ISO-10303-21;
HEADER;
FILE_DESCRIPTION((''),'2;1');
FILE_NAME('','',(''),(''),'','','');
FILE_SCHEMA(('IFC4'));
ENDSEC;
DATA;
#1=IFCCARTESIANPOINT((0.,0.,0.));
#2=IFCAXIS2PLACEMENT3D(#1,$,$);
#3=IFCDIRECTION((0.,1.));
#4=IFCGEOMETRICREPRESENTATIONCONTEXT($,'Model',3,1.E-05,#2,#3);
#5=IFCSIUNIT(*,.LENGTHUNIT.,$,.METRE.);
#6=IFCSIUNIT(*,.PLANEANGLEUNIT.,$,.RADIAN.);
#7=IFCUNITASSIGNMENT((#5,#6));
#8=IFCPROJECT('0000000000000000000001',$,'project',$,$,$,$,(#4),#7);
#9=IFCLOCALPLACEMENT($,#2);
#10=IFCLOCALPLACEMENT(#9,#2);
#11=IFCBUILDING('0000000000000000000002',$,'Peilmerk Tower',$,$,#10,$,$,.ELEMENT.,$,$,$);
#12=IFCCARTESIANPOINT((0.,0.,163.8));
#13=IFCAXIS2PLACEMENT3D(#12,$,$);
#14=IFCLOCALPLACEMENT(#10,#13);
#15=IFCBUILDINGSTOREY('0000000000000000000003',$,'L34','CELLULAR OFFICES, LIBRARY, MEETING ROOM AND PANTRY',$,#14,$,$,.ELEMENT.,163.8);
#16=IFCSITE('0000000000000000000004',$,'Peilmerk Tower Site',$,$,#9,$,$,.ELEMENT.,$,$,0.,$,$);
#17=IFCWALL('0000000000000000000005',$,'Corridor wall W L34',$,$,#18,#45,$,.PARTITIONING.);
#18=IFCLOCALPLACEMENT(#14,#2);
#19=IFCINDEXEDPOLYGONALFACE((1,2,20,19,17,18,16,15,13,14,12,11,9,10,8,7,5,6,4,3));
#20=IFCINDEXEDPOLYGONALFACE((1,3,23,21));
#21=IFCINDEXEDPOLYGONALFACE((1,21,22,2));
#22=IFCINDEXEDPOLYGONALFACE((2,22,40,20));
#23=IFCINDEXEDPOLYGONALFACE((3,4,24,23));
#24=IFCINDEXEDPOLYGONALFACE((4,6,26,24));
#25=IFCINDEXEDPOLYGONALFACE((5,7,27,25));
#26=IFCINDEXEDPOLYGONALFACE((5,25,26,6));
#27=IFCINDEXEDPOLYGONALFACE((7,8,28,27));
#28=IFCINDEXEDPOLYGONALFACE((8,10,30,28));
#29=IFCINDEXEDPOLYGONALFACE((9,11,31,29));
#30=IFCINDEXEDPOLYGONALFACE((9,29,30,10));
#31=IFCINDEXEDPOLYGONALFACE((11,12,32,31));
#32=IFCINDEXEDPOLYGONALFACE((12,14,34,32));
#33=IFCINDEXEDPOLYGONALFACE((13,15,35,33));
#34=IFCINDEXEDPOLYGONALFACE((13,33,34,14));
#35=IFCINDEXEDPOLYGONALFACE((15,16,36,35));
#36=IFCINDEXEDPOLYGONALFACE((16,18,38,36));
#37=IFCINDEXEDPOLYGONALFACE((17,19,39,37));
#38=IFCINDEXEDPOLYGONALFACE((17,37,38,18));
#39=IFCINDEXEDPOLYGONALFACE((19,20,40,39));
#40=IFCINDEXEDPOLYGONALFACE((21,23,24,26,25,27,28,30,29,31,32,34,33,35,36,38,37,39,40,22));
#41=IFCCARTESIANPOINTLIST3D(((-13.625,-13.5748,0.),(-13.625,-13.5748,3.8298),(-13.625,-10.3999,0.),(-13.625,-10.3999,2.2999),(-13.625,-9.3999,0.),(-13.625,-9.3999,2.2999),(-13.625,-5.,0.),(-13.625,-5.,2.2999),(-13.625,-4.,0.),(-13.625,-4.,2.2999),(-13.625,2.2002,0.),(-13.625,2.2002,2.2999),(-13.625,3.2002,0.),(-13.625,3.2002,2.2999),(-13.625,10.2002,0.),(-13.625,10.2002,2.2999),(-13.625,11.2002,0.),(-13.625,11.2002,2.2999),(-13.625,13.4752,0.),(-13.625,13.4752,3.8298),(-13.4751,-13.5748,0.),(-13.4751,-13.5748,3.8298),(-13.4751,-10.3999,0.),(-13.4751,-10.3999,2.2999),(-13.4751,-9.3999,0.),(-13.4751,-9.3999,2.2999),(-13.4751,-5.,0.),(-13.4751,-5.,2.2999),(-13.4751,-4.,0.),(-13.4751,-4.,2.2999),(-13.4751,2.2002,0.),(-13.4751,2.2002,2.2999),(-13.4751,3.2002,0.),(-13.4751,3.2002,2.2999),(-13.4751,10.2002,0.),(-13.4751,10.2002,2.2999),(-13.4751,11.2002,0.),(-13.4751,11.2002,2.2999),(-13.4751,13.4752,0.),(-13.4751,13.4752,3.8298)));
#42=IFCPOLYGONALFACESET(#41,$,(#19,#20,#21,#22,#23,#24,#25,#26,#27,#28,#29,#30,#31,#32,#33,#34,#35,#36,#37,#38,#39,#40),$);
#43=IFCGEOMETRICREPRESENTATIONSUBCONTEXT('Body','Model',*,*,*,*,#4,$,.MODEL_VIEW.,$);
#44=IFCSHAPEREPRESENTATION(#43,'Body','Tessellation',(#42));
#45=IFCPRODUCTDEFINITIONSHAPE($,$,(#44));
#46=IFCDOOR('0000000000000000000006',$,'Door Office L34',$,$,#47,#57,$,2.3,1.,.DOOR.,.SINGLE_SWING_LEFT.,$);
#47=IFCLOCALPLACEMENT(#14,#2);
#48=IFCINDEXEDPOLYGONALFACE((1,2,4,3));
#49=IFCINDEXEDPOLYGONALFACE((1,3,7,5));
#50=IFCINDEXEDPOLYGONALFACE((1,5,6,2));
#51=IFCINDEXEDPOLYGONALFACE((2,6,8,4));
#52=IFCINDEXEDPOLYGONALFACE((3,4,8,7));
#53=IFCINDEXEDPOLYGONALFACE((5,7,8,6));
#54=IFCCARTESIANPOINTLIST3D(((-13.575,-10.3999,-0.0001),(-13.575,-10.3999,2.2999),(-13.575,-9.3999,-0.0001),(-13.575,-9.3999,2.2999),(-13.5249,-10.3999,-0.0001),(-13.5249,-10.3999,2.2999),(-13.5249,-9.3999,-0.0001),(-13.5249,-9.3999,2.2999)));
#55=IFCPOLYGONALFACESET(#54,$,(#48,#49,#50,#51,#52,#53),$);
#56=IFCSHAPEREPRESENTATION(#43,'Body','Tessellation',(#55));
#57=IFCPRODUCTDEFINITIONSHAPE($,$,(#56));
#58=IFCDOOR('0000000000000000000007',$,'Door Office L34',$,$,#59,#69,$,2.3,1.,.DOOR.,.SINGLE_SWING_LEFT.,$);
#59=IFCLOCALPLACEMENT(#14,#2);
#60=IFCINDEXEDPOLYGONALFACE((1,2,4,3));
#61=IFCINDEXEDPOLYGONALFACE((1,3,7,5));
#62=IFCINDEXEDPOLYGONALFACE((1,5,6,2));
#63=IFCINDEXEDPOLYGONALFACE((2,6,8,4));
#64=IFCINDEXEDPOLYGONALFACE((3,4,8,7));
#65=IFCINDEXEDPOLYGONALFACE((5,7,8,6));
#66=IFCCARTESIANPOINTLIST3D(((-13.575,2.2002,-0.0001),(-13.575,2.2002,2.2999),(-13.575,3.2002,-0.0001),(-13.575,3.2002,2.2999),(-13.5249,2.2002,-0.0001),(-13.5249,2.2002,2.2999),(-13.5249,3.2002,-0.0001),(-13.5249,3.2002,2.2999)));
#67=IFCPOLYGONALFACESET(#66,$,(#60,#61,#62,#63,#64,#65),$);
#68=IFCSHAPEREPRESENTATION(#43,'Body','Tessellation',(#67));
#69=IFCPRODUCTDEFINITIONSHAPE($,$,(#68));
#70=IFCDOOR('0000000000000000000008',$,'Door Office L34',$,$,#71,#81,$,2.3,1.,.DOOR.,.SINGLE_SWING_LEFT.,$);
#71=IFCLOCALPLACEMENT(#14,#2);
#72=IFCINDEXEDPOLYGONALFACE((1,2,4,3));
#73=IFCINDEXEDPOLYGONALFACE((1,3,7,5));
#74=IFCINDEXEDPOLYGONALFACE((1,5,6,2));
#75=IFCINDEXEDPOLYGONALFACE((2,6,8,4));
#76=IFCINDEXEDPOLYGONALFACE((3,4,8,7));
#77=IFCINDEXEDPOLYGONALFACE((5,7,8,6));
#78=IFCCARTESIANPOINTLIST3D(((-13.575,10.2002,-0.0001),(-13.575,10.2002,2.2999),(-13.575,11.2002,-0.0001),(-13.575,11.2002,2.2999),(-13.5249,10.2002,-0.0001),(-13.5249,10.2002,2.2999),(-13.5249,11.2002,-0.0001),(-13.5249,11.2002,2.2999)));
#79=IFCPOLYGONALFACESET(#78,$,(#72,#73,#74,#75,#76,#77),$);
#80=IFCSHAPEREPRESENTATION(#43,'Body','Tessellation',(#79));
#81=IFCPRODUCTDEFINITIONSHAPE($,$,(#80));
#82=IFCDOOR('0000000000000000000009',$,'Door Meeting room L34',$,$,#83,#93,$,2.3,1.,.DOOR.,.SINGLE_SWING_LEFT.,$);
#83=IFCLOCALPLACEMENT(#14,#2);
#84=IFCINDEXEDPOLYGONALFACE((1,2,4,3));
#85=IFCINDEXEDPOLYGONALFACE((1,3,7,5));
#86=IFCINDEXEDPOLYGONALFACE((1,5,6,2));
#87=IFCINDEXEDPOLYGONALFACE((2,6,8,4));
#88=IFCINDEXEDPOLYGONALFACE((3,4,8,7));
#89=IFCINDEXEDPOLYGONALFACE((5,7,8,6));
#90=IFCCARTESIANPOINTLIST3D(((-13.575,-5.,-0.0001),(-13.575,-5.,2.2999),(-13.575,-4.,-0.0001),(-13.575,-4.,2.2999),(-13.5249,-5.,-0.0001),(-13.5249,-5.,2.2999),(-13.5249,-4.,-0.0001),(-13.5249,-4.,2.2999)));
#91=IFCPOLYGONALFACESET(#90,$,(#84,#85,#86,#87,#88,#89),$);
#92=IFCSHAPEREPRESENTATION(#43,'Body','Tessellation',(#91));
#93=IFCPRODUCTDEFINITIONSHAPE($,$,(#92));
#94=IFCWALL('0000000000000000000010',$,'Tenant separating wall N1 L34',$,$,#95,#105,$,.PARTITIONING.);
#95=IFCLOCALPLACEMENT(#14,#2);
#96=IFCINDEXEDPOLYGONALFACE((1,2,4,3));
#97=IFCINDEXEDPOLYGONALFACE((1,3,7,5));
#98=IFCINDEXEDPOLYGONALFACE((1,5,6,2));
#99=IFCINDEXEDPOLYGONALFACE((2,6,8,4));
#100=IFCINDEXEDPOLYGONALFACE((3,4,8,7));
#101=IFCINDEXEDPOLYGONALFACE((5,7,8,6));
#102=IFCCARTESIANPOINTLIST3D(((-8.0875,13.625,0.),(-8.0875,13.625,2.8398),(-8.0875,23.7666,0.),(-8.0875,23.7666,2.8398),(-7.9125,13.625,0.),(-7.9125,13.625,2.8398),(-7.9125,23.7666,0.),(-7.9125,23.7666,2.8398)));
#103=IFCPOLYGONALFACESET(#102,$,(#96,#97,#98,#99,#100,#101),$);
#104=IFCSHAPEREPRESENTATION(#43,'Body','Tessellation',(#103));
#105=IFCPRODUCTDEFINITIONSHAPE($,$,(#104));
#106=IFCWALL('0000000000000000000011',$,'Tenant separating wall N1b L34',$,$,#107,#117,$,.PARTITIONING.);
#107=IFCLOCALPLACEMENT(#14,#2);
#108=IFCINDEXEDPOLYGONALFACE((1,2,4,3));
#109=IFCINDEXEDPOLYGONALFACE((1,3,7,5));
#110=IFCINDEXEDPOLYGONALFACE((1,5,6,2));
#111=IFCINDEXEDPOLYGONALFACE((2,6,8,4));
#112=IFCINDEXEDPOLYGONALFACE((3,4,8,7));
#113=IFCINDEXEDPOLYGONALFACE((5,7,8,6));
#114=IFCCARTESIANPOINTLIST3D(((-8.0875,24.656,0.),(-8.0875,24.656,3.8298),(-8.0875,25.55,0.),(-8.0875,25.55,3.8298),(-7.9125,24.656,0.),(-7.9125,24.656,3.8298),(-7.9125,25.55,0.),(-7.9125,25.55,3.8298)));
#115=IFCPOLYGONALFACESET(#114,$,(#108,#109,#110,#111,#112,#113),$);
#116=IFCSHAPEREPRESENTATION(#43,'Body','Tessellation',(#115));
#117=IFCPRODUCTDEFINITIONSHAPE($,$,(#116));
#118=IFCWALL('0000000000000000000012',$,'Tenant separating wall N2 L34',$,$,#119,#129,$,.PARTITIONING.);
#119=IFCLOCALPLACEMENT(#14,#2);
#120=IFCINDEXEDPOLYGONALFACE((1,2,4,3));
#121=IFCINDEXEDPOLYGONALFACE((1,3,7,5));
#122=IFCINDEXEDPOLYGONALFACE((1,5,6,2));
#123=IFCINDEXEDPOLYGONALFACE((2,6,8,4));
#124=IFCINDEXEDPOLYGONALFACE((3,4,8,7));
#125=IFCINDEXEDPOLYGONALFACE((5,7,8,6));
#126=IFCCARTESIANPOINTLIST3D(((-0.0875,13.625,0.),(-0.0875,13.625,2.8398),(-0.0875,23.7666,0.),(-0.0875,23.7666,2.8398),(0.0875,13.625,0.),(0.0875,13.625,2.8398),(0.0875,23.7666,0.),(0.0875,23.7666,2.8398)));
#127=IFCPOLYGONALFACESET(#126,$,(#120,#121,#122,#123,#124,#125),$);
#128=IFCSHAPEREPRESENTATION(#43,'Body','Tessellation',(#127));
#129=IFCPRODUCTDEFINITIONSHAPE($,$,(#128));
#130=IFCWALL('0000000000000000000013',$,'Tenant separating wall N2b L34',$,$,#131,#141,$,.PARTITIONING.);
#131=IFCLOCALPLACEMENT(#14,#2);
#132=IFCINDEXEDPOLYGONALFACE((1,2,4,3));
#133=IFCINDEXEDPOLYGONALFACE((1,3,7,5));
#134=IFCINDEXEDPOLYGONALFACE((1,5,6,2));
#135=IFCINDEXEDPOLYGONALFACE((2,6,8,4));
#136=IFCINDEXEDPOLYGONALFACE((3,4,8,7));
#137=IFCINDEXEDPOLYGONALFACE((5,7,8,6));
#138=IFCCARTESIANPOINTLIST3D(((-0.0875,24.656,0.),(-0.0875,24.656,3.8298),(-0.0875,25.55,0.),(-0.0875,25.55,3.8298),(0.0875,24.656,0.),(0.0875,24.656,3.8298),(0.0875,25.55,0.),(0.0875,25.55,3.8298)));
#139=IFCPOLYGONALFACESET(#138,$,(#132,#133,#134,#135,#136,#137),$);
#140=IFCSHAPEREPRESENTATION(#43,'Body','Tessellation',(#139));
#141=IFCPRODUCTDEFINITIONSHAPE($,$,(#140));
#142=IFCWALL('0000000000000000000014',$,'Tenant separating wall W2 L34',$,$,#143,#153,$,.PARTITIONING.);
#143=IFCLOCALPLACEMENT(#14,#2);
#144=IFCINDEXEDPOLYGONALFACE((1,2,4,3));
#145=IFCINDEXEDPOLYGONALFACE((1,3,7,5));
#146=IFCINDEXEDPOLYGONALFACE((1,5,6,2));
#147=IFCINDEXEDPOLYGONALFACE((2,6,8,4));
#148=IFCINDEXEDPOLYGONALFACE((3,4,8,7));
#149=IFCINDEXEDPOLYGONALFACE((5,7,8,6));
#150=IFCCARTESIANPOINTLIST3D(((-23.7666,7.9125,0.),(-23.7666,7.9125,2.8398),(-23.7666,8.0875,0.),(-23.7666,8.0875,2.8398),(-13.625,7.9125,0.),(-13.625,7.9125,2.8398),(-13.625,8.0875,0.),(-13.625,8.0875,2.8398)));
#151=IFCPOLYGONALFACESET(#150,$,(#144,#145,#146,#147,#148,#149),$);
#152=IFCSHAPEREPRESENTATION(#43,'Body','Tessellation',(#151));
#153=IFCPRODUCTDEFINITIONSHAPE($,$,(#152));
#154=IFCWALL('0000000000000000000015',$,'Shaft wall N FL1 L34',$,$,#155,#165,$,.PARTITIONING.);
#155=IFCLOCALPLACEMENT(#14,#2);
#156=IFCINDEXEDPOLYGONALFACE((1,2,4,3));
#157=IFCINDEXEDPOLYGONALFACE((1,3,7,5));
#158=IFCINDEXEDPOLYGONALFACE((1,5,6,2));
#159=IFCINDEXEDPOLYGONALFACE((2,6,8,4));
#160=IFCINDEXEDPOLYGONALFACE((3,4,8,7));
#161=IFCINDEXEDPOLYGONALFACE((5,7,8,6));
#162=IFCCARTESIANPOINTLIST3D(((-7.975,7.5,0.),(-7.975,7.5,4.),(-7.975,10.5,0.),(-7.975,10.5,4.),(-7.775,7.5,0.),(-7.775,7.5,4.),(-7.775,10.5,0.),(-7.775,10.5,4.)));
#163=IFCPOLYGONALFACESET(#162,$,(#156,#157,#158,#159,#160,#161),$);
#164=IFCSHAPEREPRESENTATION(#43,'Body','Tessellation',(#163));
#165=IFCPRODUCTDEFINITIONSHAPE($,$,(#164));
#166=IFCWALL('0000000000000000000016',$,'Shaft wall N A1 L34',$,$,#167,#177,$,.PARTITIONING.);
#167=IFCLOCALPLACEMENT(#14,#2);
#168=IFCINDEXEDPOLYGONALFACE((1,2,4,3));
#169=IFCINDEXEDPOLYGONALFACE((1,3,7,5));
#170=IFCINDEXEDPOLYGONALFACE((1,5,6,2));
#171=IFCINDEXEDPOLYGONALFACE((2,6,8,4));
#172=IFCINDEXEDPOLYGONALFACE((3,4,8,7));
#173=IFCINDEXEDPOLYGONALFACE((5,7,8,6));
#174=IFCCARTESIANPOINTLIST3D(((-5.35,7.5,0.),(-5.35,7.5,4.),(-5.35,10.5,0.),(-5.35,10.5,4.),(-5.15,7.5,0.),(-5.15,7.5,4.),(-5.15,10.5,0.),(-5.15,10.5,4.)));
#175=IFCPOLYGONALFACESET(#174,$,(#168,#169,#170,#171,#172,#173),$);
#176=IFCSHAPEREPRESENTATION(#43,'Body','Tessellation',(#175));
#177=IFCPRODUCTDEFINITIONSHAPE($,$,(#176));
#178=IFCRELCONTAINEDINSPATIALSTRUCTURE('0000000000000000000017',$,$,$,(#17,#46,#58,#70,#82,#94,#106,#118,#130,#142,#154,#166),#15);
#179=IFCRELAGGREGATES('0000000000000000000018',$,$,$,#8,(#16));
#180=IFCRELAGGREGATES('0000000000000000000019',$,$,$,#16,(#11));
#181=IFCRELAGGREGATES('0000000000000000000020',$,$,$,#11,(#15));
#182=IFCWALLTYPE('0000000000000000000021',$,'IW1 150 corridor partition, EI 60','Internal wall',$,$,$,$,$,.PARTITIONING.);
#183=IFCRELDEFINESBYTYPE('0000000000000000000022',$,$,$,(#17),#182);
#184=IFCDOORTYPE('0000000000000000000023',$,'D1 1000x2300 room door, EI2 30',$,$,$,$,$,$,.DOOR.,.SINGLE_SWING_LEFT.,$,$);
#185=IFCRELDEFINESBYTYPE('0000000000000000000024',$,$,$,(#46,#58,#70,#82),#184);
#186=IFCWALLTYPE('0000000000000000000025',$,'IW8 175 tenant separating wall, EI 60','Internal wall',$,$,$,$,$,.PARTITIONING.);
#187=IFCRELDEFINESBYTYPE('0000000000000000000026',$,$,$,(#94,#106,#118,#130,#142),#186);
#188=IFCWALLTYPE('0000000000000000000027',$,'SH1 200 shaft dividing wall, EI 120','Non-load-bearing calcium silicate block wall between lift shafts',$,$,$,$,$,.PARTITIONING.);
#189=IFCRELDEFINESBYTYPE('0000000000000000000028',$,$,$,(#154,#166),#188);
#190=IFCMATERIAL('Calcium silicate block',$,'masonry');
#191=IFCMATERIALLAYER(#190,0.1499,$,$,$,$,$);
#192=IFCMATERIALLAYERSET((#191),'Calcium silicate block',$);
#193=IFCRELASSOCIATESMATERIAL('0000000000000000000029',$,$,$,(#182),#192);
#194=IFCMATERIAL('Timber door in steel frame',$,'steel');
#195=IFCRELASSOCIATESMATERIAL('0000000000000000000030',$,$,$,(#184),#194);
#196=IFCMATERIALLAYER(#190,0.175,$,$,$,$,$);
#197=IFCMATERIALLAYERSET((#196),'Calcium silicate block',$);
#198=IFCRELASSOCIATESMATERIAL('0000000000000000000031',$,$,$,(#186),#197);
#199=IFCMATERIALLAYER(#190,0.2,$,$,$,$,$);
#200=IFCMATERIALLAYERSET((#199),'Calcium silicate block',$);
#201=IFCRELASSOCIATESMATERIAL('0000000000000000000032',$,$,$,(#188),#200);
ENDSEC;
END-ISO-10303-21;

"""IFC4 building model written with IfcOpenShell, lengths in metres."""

from ifc_helpers import new_model, si_unit, direction, frame, frame_2d, origin, place, context, subcontext, project, spatial, rectangle, extrude, material, layer, layer_set, type_object, element, fill, save


model = new_model("IFC4")

# Units and contexts
model_context = context("Model", 3, precision=1e-05, world=origin(), true_north=direction((0.0, 1.0)))
body_context = subcontext(model_context, "Body", "Model", "MODEL_VIEW")
ifc_project = project(units=[si_unit("LENGTHUNIT", "METRE"), si_unit("PLANEANGLEUNIT", "RADIAN")], contexts=[model_context])

# Site, building, storey
site_placement = place(None, origin())
site = spatial("IfcSite", under=ifc_project, at=site_placement, Name="Peilmerk Tower Site", CompositionType="ELEMENT", RefElevation=0.0)
building_placement = place(site_placement, origin())
building = spatial("IfcBuilding", under=site, at=building_placement, Name="Peilmerk Tower", CompositionType="ELEMENT")
storey_placement = place(building_placement, frame((0.0, 0.0, 163.8)))
storey = spatial("IfcBuildingStorey", under=building, at=storey_placement, Name="L34", Description="CELLULAR OFFICES, LIBRARY, MEETING ROOM AND PANTRY", CompositionType="ELEMENT", Elevation=163.8)

# Wall, openings, doors
ifc_material_1 = material(Name="Calcium silicate block", Category="masonry")
ifc_layer_1 = layer(ifc_material_1, 0.1499)
ifc_layer_set_1 = layer_set([ifc_layer_1], Name="Calcium silicate block")
wall_type_1 = type_object("IfcWallType", Name="IW1 150 corridor partition, EI 60", Description="Internal wall", PredefinedType="PARTITIONING", material=ifc_layer_set_1)
ifc_material_2 = material(Name="Timber door in steel frame", Category="steel")
door_type = type_object("IfcDoorType", Name="D1 1000x2300 room door, EI2 30", OperationType="SINGLE_SWING_LEFT", PredefinedType="DOOR", material=ifc_material_2)
wall_1_placement = place(storey_placement, frame((-13.55, 13.4751, 0.0), z_axis=(0.0, 0.0, 1.0), x_axis=(0.0, -1.0, 0.0)))
wall_1 = element("IfcWall", 1, at=wall_1_placement, inside=storey, type_object=wall_type_1, Name="Corridor wall W L34", PredefinedType="PARTITIONING", context=body_context, shape_type="SweptSolid", body=[
    extrude(rectangle(XDim=27.05, YDim=0.1499, at=frame_2d((13.5249, 0.0))), origin(), (0.0, 0.0, 1.0), 3.8298),
])
opening_1_placement = place(wall_1_placement, frame((22.875, 0.0, 0.0)))
opening_1 = element("IfcOpeningElement", 2, at=opening_1_placement, cuts=wall_1, PredefinedType="OPENING", context=body_context, shape_type="SweptSolid", body=[
    extrude(rectangle(XDim=1.0, YDim=2.3, at=frame_2d((0.5, 1.1499))), frame((0.0, 0.085, 0.0), z_axis=(0.0, -1.0, 0.0), x_axis=(1.0, 0.0, 0.0)), (0.0, 0.0, 1.0), 0.1699),
])
opening_2_placement = place(wall_1_placement, frame((10.2749, 0.0, 0.0)))
opening_2 = element("IfcOpeningElement", 3, at=opening_2_placement, cuts=wall_1, PredefinedType="OPENING", context=body_context, shape_type="SweptSolid", body=[
    extrude(rectangle(XDim=1.0, YDim=2.3, at=frame_2d((0.5, 1.1499))), frame((0.0, 0.085, 0.0), z_axis=(0.0, -1.0, 0.0), x_axis=(1.0, 0.0, 0.0)), (0.0, 0.0, 1.0), 0.1699),
])
opening_3_placement = place(wall_1_placement, frame((2.2749, 0.0, 0.0)))
opening_3 = element("IfcOpeningElement", 4, at=opening_3_placement, cuts=wall_1, PredefinedType="OPENING", context=body_context, shape_type="SweptSolid", body=[
    extrude(rectangle(XDim=1.0, YDim=2.3, at=frame_2d((0.5, 1.1499))), frame((0.0, 0.085, 0.0), z_axis=(0.0, -1.0, 0.0), x_axis=(1.0, 0.0, 0.0)), (0.0, 0.0, 1.0), 0.1699),
])
opening_4_placement = place(wall_1_placement, frame((17.4751, 0.0, 0.0)))
opening_4 = element("IfcOpeningElement", 5, at=opening_4_placement, cuts=wall_1, PredefinedType="OPENING", context=body_context, shape_type="SweptSolid", body=[
    extrude(rectangle(XDim=1.0, YDim=2.3, at=frame_2d((0.5, 1.1499))), frame((0.0, 0.085, 0.0), z_axis=(0.0, -1.0, 0.0), x_axis=(1.0, 0.0, 0.0)), (0.0, 0.0, 1.0), 0.1699),
])
door_1_placement = place(opening_1_placement, frame((1.0, 0.0, 0.0), z_axis=(0.0, 0.0, 1.0), x_axis=(-1.0, 0.0, 0.0)))
door_1 = element("IfcDoor", 6, at=door_1_placement, inside=storey, type_object=door_type, Name="Door Office L34", OperationType="SINGLE_SWING_LEFT", OverallHeight=2.3, OverallWidth=1.0, PredefinedType="DOOR", context=body_context, shape_type="SweptSolid", body=[
    extrude(rectangle(XDim=1.0, YDim=2.3, at=frame_2d((0.5, 1.1499))), frame((0.0, 0.0249, 0.0), z_axis=(0.0, -1.0, 0.0), x_axis=(1.0, 0.0, 0.0)), (0.0, 0.0, 1.0), 0.05),
])
fill(opening_1, door_1)
door_2_placement = place(opening_2_placement, frame((1.0, 0.0, 0.0), z_axis=(0.0, 0.0, 1.0), x_axis=(-1.0, 0.0, 0.0)))
door_2 = element("IfcDoor", 7, at=door_2_placement, inside=storey, type_object=door_type, Name="Door Office L34", OperationType="SINGLE_SWING_LEFT", OverallHeight=2.3, OverallWidth=1.0, PredefinedType="DOOR", context=body_context, shape_type="SweptSolid", body=[
    extrude(rectangle(XDim=1.0, YDim=2.3, at=frame_2d((0.5, 1.1499))), frame((0.0, 0.0249, 0.0), z_axis=(0.0, -1.0, 0.0), x_axis=(1.0, 0.0, 0.0)), (0.0, 0.0, 1.0), 0.05),
])
fill(opening_2, door_2)
door_3_placement = place(opening_3_placement, frame((1.0, 0.0, 0.0), z_axis=(0.0, 0.0, 1.0), x_axis=(-1.0, 0.0, 0.0)))
door_3 = element("IfcDoor", 8, at=door_3_placement, inside=storey, type_object=door_type, Name="Door Office L34", OperationType="SINGLE_SWING_LEFT", OverallHeight=2.3, OverallWidth=1.0, PredefinedType="DOOR", context=body_context, shape_type="SweptSolid", body=[
    extrude(rectangle(XDim=1.0, YDim=2.3, at=frame_2d((0.5, 1.1499))), frame((0.0, 0.0249, 0.0), z_axis=(0.0, -1.0, 0.0), x_axis=(1.0, 0.0, 0.0)), (0.0, 0.0, 1.0), 0.05),
])
fill(opening_3, door_3)
door_4_placement = place(opening_4_placement, frame((1.0, 0.0, 0.0), z_axis=(0.0, 0.0, 1.0), x_axis=(-1.0, 0.0, 0.0)))
door_4 = element("IfcDoor", 9, at=door_4_placement, inside=storey, type_object=door_type, Name="Door Meeting room L34", OperationType="SINGLE_SWING_LEFT", OverallHeight=2.3, OverallWidth=1.0, PredefinedType="DOOR", context=body_context, shape_type="SweptSolid", body=[
    extrude(rectangle(XDim=1.0, YDim=2.3, at=frame_2d((0.5, 1.1499))), frame((0.0, 0.0249, 0.0), z_axis=(0.0, -1.0, 0.0), x_axis=(1.0, 0.0, 0.0)), (0.0, 0.0, 1.0), 0.05),
])
fill(opening_4, door_4)

# Walls
ifc_layer_2 = layer(ifc_material_1, 0.175)
ifc_layer_set_2 = layer_set([ifc_layer_2], Name="Calcium silicate block")
wall_type_2 = type_object("IfcWallType", Name="IW8 175 tenant separating wall, EI 60", Description="Internal wall", PredefinedType="PARTITIONING", material=ifc_layer_set_2)
wall_2_placement = place(storey_placement, frame((-8.0, 13.625, 0.0), z_axis=(0.0, 0.0, 1.0), x_axis=(0.0, 1.0, 0.0)))
element("IfcWall", 10, at=wall_2_placement, inside=storey, type_object=wall_type_2, Name="Tenant separating wall N1 L34", PredefinedType="PARTITIONING", context=body_context, shape_type="SweptSolid", body=[
    extrude(rectangle(XDim=10.1416, YDim=0.175, at=frame_2d((5.0708, 0.0))), origin(), (0.0, 0.0, 1.0), 2.8398),
])
wall_3_placement = place(storey_placement, frame((-8.0, 24.656, 0.0), z_axis=(0.0, 0.0, 1.0), x_axis=(0.0, 1.0, 0.0)))
element("IfcWall", 11, at=wall_3_placement, inside=storey, type_object=wall_type_2, Name="Tenant separating wall N1b L34", PredefinedType="PARTITIONING", context=body_context, shape_type="SweptSolid", body=[
    extrude(rectangle(XDim=0.894, YDim=0.175, at=frame_2d((0.447, 0.0))), origin(), (0.0, 0.0, 1.0), 3.8298),
])
wall_4_placement = place(storey_placement, frame((0.0, 13.625, 0.0), z_axis=(0.0, 0.0, 1.0), x_axis=(0.0, 1.0, 0.0)))
element("IfcWall", 12, at=wall_4_placement, inside=storey, type_object=wall_type_2, Name="Tenant separating wall N2 L34", PredefinedType="PARTITIONING", context=body_context, shape_type="SweptSolid", body=[
    extrude(rectangle(XDim=10.1416, YDim=0.175, at=frame_2d((5.0708, 0.0))), origin(), (0.0, 0.0, 1.0), 2.8398),
])
wall_5_placement = place(storey_placement, frame((0.0, 24.656, 0.0), z_axis=(0.0, 0.0, 1.0), x_axis=(0.0, 1.0, 0.0)))
element("IfcWall", 13, at=wall_5_placement, inside=storey, type_object=wall_type_2, Name="Tenant separating wall N2b L34", PredefinedType="PARTITIONING", context=body_context, shape_type="SweptSolid", body=[
    extrude(rectangle(XDim=0.894, YDim=0.175, at=frame_2d((0.447, 0.0))), origin(), (0.0, 0.0, 1.0), 3.8298),
])
wall_6_placement = place(storey_placement, frame((-13.625, 8.0, 0.0), z_axis=(0.0, 0.0, 1.0), x_axis=(-1.0, 0.0, 0.0)))
element("IfcWall", 14, at=wall_6_placement, inside=storey, type_object=wall_type_2, Name="Tenant separating wall W2 L34", PredefinedType="PARTITIONING", context=body_context, shape_type="SweptSolid", body=[
    extrude(rectangle(XDim=10.1416, YDim=0.175, at=frame_2d((5.0708, 0.0))), origin(), (0.0, 0.0, 1.0), 2.8398),
])
ifc_layer_3 = layer(ifc_material_1, 0.2)
ifc_layer_set_3 = layer_set([ifc_layer_3], Name="Calcium silicate block")
wall_type_3 = type_object("IfcWallType", Name="SH1 200 shaft dividing wall, EI 120", Description="Non-load-bearing calcium silicate block wall between lift shafts", PredefinedType="PARTITIONING", material=ifc_layer_set_3)
for number, where, z_axis, x_axis, name in (
    (15, (-7.875, 7.5, 0.0), (0.0, 0.0, 1.0), (0.0, 1.0, 0.0), "Shaft wall N FL1 L34"),
    (16, (-5.25, 7.5, 0.0), (0.0, 0.0, 1.0), (0.0, 1.0, 0.0), "Shaft wall N A1 L34"),
):
    element("IfcWall", number, at=place(storey_placement, frame(where, z_axis=z_axis, x_axis=x_axis)), inside=storey, type_object=wall_type_3, Name=name, PredefinedType="PARTITIONING", context=body_context, shape_type="SweptSolid", body=[
        extrude(rectangle(XDim=3.0, YDim=0.2, at=frame_2d((1.5, 0.0))), origin(), (0.0, 0.0, 1.0), 4.0),
    ])

save(model, "model.ifc")
